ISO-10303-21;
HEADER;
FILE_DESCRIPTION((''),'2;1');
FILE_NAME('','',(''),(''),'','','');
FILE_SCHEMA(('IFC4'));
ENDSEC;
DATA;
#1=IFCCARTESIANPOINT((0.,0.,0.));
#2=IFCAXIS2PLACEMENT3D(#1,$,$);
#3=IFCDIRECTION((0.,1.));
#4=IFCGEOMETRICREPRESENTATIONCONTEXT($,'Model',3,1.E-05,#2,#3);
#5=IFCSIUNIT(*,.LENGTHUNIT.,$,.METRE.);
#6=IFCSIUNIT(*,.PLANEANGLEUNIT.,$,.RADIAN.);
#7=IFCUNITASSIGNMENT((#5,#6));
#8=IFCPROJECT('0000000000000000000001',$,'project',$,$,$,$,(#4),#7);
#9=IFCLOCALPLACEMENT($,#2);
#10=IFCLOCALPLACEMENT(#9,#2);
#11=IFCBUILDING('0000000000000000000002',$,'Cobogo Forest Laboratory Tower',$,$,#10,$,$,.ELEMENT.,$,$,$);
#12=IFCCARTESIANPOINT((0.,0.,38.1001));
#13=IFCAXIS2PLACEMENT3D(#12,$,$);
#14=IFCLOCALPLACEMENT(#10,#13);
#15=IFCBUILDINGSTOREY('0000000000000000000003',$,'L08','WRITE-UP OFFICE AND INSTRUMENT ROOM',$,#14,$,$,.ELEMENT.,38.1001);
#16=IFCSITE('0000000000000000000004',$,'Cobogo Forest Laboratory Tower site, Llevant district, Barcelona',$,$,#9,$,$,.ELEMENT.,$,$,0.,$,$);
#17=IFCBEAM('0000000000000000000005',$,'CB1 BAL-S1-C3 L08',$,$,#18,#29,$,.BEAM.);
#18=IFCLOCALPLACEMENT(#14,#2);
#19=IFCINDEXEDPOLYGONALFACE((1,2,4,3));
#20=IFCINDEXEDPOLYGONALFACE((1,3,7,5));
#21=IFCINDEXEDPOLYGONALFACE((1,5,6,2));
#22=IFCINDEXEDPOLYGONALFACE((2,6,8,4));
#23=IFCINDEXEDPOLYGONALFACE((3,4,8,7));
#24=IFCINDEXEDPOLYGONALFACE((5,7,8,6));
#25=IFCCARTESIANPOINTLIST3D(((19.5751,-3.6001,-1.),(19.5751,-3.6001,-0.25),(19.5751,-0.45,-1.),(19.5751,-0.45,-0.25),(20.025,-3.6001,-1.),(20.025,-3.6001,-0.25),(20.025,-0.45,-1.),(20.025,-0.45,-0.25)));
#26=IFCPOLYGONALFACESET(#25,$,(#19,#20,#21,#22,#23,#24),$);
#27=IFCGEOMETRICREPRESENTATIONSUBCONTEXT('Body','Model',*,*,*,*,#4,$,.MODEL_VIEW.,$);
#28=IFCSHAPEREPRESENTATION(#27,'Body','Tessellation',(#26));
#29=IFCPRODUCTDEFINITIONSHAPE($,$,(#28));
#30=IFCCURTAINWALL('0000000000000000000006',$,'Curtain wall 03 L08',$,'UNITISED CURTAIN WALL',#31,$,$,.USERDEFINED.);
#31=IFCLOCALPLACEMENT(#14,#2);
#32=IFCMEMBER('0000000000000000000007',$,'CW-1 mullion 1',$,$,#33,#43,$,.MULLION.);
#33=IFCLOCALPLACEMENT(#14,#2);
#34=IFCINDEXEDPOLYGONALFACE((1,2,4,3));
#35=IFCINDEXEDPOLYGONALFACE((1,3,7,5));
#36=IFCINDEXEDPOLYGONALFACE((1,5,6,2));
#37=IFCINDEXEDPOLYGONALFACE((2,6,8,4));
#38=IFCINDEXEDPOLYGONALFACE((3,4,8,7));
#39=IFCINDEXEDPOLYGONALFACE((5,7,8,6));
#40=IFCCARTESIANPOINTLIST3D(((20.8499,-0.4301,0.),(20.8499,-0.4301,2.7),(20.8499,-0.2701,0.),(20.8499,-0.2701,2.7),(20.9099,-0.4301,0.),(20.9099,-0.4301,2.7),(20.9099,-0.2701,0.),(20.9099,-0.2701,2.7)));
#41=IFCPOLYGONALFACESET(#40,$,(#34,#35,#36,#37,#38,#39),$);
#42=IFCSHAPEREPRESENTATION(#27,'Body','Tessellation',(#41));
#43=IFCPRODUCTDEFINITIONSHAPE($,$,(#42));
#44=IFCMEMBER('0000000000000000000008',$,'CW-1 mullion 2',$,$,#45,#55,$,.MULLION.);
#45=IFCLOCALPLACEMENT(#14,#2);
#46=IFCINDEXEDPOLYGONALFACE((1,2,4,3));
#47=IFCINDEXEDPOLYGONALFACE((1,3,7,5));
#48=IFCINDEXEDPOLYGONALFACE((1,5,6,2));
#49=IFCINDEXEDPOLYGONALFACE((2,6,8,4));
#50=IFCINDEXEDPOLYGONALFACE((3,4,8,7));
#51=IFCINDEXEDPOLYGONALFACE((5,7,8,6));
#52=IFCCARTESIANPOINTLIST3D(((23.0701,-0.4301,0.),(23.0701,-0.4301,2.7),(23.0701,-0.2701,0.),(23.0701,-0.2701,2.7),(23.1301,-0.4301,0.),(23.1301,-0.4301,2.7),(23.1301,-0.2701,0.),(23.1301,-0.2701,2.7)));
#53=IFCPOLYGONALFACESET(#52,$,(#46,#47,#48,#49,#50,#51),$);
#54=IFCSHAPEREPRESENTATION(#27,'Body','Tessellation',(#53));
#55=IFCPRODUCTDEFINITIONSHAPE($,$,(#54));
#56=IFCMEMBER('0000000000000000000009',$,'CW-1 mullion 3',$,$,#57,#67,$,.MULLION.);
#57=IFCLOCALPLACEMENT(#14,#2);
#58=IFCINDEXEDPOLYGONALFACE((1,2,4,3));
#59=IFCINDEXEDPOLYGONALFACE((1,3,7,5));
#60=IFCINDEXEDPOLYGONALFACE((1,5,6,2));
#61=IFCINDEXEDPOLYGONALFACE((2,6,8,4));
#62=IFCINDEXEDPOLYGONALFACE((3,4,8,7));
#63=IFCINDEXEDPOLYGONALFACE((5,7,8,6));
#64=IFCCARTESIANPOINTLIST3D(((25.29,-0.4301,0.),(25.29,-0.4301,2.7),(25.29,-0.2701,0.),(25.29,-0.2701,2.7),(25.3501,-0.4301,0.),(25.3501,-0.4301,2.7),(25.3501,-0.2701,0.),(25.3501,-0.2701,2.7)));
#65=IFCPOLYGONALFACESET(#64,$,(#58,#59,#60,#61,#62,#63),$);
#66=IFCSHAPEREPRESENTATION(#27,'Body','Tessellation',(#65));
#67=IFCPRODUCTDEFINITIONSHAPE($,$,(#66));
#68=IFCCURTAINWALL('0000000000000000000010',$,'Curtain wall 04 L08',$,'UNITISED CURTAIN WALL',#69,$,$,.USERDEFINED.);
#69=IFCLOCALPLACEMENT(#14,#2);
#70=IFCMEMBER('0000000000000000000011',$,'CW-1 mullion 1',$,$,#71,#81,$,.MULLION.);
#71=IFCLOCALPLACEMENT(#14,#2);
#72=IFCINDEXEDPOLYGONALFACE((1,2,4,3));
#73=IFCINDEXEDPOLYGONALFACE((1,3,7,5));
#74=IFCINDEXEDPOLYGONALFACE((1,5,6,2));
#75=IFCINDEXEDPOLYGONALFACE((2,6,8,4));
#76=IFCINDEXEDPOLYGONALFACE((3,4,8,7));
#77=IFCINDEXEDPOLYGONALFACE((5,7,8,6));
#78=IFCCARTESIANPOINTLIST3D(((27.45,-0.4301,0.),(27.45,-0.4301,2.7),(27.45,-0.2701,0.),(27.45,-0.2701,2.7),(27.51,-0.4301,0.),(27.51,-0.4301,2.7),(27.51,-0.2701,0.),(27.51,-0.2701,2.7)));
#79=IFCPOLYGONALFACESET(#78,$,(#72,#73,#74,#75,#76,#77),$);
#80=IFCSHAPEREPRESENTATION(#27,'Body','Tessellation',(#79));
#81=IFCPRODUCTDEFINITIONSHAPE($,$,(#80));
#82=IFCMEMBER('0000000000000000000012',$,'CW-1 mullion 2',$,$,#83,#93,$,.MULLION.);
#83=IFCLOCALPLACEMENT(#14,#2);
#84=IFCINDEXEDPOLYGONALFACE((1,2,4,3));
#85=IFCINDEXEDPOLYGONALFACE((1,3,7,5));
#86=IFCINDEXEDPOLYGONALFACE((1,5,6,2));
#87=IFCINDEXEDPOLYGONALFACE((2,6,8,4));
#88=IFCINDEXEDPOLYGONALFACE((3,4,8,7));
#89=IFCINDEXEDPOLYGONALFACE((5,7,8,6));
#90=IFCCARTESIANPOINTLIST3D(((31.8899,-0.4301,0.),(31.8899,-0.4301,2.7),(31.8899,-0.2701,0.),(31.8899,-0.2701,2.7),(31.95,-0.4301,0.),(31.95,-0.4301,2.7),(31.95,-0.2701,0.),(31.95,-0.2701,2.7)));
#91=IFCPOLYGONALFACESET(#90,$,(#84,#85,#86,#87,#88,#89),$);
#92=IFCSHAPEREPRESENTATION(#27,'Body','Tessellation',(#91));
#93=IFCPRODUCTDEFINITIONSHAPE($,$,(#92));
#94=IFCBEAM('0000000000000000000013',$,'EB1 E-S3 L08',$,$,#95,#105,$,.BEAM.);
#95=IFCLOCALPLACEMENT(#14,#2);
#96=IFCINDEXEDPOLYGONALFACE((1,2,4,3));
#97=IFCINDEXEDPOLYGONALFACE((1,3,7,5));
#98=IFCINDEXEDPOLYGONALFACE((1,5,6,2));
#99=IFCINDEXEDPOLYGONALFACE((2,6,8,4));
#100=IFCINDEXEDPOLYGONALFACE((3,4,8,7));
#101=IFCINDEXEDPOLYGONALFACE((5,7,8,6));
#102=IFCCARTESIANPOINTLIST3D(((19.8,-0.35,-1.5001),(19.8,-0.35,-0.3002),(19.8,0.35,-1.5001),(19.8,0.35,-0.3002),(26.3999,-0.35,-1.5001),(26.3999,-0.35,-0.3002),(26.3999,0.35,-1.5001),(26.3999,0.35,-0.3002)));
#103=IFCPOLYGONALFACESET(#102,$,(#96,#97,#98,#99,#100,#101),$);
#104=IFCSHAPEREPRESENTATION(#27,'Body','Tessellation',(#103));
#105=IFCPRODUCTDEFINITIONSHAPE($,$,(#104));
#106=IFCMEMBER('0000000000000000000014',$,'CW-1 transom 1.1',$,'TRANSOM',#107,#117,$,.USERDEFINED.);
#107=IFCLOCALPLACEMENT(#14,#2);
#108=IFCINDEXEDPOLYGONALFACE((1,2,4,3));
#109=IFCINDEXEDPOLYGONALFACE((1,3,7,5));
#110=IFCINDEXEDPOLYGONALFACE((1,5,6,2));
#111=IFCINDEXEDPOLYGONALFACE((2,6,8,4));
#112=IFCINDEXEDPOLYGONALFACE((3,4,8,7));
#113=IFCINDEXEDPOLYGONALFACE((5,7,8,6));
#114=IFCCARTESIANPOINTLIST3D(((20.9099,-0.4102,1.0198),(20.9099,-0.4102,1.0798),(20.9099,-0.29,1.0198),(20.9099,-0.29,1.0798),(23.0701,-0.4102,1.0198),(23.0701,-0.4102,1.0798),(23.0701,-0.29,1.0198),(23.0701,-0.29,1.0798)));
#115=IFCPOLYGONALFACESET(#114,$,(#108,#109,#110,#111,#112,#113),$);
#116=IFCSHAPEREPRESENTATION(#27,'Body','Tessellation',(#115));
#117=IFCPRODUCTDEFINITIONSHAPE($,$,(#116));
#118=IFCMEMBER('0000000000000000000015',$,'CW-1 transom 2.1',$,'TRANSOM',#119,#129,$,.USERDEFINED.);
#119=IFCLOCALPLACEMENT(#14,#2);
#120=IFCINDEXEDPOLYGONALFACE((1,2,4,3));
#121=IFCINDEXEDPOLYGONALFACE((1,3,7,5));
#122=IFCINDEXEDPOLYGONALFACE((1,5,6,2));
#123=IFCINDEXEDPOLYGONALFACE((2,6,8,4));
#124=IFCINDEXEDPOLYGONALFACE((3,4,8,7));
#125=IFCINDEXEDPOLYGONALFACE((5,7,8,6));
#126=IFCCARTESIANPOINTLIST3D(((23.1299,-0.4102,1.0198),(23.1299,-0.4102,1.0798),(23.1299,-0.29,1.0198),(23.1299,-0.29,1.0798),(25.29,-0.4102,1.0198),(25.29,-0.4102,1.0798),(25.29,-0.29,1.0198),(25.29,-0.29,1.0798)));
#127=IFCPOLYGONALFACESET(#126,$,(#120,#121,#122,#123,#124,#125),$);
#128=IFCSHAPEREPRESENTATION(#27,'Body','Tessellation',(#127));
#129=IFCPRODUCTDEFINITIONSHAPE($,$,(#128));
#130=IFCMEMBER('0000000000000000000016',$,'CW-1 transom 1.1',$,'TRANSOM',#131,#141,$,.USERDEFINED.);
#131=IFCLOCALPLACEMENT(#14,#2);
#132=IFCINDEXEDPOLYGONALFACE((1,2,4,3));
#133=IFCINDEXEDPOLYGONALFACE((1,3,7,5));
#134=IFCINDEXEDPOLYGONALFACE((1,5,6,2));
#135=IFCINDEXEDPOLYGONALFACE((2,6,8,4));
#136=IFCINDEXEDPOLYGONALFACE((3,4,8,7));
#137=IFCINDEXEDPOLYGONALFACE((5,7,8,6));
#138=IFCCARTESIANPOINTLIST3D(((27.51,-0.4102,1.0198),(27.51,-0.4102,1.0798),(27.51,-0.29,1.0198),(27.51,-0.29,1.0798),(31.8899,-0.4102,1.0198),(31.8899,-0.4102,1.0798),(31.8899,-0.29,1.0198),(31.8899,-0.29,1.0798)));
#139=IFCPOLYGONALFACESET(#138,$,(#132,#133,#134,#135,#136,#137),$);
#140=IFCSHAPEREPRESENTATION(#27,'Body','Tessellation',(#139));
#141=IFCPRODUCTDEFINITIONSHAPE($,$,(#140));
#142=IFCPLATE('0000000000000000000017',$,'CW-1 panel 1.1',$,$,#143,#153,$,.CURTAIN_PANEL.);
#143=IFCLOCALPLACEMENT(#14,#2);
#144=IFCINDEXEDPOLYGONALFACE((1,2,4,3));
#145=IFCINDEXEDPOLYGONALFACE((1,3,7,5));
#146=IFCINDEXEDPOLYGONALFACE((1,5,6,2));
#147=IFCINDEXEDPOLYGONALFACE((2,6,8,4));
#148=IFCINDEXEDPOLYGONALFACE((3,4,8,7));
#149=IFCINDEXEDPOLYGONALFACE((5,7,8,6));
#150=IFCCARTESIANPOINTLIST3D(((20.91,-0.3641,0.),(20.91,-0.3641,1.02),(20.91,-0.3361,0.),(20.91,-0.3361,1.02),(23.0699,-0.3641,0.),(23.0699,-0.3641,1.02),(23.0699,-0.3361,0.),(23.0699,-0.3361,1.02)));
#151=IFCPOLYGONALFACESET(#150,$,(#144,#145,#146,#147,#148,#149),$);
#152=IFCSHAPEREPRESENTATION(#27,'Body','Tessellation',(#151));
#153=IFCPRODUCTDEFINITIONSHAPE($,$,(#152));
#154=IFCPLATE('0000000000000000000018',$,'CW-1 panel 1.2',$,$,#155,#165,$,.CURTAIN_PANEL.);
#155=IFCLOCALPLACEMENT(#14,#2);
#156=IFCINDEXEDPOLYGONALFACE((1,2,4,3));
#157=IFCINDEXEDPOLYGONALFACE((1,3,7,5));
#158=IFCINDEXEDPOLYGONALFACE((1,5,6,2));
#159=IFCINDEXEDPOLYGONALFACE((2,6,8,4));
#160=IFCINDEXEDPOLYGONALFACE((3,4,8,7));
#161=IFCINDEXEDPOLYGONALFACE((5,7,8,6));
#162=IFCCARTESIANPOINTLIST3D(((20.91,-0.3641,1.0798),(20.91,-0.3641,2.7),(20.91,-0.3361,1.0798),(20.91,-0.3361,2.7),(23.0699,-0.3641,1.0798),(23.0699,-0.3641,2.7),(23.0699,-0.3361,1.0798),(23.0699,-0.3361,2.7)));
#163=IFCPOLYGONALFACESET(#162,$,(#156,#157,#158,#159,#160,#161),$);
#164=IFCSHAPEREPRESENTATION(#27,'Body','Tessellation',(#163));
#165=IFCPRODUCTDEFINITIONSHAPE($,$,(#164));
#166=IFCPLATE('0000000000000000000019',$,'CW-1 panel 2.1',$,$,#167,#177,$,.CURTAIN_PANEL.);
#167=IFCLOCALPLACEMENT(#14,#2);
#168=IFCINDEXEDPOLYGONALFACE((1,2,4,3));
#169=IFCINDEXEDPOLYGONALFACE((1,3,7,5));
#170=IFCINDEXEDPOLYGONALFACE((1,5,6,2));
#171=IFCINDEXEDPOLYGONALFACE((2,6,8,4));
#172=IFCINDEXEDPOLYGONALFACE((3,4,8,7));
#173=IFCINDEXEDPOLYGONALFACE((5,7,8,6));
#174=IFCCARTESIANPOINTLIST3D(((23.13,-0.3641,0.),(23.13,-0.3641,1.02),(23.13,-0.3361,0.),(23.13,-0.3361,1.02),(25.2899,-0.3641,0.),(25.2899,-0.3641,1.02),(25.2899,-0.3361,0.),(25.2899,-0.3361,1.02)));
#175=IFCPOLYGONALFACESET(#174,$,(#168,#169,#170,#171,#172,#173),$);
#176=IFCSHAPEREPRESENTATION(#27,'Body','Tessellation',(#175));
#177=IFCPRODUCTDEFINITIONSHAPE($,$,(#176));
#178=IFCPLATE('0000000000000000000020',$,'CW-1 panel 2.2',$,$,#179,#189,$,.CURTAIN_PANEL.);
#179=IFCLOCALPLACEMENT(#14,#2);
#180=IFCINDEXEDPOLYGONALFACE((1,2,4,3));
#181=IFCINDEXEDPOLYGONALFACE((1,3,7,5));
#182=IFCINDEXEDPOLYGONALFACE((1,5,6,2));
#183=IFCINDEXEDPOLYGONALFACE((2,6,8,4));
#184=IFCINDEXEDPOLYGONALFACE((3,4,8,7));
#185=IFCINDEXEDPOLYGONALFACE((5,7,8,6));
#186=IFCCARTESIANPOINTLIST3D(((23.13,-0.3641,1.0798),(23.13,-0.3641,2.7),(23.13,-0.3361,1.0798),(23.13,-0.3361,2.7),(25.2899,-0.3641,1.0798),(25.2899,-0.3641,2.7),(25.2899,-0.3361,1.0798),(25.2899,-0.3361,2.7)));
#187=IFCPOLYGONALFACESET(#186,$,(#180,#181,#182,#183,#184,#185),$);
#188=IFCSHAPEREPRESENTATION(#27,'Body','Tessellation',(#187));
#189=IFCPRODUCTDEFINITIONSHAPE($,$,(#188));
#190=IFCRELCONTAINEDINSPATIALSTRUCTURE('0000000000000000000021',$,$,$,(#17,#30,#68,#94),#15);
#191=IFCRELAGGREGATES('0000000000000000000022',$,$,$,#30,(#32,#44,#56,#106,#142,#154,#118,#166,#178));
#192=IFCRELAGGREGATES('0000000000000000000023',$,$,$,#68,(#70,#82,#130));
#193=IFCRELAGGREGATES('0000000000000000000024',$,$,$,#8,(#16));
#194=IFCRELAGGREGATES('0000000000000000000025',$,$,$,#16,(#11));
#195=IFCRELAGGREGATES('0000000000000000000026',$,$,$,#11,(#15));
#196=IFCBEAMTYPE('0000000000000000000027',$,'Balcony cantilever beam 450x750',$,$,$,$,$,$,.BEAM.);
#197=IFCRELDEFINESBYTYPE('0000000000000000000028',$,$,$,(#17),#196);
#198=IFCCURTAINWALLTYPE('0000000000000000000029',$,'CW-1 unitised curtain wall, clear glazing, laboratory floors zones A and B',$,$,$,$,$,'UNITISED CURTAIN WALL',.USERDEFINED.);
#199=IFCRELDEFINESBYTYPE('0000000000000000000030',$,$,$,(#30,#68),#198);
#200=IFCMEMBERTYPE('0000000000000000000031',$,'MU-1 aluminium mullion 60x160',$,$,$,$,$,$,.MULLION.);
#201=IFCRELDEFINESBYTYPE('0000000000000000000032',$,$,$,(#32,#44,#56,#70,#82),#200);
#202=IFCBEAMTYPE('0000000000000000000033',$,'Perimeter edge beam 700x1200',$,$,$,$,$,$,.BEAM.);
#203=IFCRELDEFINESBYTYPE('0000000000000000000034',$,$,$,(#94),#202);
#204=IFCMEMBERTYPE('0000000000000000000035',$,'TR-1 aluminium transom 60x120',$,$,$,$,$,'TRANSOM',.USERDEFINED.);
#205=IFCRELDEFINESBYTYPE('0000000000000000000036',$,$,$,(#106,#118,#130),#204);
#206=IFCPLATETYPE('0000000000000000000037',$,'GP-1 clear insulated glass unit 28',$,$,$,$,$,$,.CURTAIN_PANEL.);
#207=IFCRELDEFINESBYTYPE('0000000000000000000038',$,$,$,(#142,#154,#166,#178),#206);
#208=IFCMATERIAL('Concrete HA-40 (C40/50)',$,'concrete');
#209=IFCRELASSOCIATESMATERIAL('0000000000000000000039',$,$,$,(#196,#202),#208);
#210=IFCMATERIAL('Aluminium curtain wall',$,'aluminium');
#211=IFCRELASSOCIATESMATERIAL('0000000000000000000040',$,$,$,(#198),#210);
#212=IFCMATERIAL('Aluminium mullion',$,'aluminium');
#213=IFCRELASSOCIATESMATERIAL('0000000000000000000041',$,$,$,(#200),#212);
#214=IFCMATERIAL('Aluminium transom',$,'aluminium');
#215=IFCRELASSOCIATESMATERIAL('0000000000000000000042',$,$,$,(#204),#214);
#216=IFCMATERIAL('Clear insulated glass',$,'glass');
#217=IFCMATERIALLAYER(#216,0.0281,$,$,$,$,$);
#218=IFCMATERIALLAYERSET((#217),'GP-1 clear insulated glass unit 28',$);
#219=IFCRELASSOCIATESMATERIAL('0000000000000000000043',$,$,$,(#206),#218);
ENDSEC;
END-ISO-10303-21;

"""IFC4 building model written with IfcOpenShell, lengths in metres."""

from ifc_helpers import new_model, si_unit, direction, frame, origin, origin_2d, place, context, subcontext, project, spatial, rectangle, extrude, material, layer, layer_set, material_profile, profile_set, type_object, element, aggregate, save


model = new_model("IFC4")

# Units and contexts
model_context = context("Model", 3, precision=1e-05, world=origin(), true_north=direction((0.0, 1.0)))
body_context = subcontext(model_context, "Body", "Model", "MODEL_VIEW")
ifc_project = project(units=[si_unit("LENGTHUNIT", "METRE"), si_unit("PLANEANGLEUNIT", "RADIAN")], contexts=[model_context])

# Site, building, storey
site_placement = place(None, origin())
site = spatial("IfcSite", under=ifc_project, at=site_placement, Name="Cobogo Forest Laboratory Tower site, Llevant district, Barcelona", CompositionType="ELEMENT", RefElevation=0.0)
building_placement = place(site_placement, origin())
building = spatial("IfcBuilding", under=site, at=building_placement, Name="Cobogo Forest Laboratory Tower", CompositionType="ELEMENT")
storey_placement = place(building_placement, frame((0.0, 0.0, 38.1001)))
storey = spatial("IfcBuildingStorey", under=building, at=storey_placement, Name="L08", Description="WRITE-UP OFFICE AND INSTRUMENT ROOM", CompositionType="ELEMENT", Elevation=38.1001)

# Beam
ifc_material_1 = material(Name="Concrete HA-40 (C40/50)", Category="concrete")
ifc_material_profile_1 = material_profile(ifc_material_1, rectangle(XDim=0.45, YDim=0.75, at=origin_2d()), Name="RC 450x750")
ifc_profile_set_1 = profile_set([ifc_material_profile_1], Name="Concrete HA-40 (C40/50)")
beam_type_1 = type_object("IfcBeamType", Name="Balcony cantilever beam 450x750", PredefinedType="BEAM", material=ifc_profile_set_1)
beam_1_placement = place(storey_placement, frame((19.8, -0.45, -0.625), z_axis=(0.0, -1.0, 0.0), x_axis=(1.0, 0.0, 0.0)))
element("IfcBeam", 1, at=beam_1_placement, inside=storey, type_object=beam_type_1, Name="CB1 BAL-S1-C3 L08", PredefinedType="BEAM", context=body_context, shape_type="SweptSolid", body=[
    extrude(rectangle(XDim=0.45, YDim=0.75, at=origin_2d()), origin(), (0.0, 0.0, 1.0), 3.1501),
])

# Curtain walls, members
ifc_material_2 = material(Name="Aluminium curtain wall", Category="aluminium")
curtain_wall_type = type_object("IfcCurtainWallType", Name="CW-1 unitised curtain wall, clear glazing, laboratory floors zones A and B", ElementType="UNITISED CURTAIN WALL", PredefinedType="USERDEFINED", material=ifc_material_2)
curtain_wall_1_placement = place(storey_placement, origin())
curtain_wall_1 = element("IfcCurtainWall", 2, at=curtain_wall_1_placement, inside=storey, type_object=curtain_wall_type, Name="Curtain wall 03 L08", ObjectType="UNITISED CURTAIN WALL", PredefinedType="USERDEFINED")
ifc_material_3 = material(Name="Aluminium mullion", Category="aluminium")
ifc_material_profile_2 = material_profile(ifc_material_3, rectangle(XDim=0.0601, YDim=0.1599, at=origin_2d()), Name="AL 60x160")
ifc_profile_set_2 = profile_set([ifc_material_profile_2], Name="Aluminium mullion")
member_type_1 = type_object("IfcMemberType", Name="MU-1 aluminium mullion 60x160", PredefinedType="MULLION", material=ifc_profile_set_2)
member_1_placement = place(storey_placement, frame((20.8799, -0.3501, 0.0), z_axis=(0.0, 0.0, 1.0), x_axis=(1.0, 0.0, 0.0)))
member_1 = element("IfcMember", 3, at=member_1_placement, type_object=member_type_1, Name="CW-1 mullion 1", PredefinedType="MULLION", context=body_context, shape_type="SweptSolid", body=[
    extrude(rectangle(XDim=0.0601, YDim=0.1599, at=origin_2d()), origin(), (0.0, 0.0, 1.0), 2.7),
])
member_2_placement = place(storey_placement, frame((23.1001, -0.3501, 0.0), z_axis=(0.0, 0.0, 1.0), x_axis=(1.0, 0.0, 0.0)))
member_2 = element("IfcMember", 4, at=member_2_placement, type_object=member_type_1, Name="CW-1 mullion 2", PredefinedType="MULLION", context=body_context, shape_type="SweptSolid", body=[
    extrude(rectangle(XDim=0.0601, YDim=0.1599, at=origin_2d()), origin(), (0.0, 0.0, 1.0), 2.7),
])
member_3_placement = place(storey_placement, frame((25.3201, -0.3501, 0.0), z_axis=(0.0, 0.0, 1.0), x_axis=(1.0, 0.0, 0.0)))
member_3 = element("IfcMember", 5, at=member_3_placement, type_object=member_type_1, Name="CW-1 mullion 3", PredefinedType="MULLION", context=body_context, shape_type="SweptSolid", body=[
    extrude(rectangle(XDim=0.0601, YDim=0.1599, at=origin_2d()), origin(), (0.0, 0.0, 1.0), 2.7),
])
curtain_wall_2_placement = place(storey_placement, origin())
curtain_wall_2 = element("IfcCurtainWall", 6, at=curtain_wall_2_placement, inside=storey, type_object=curtain_wall_type, Name="Curtain wall 04 L08", ObjectType="UNITISED CURTAIN WALL", PredefinedType="USERDEFINED")
member_4_placement = place(storey_placement, frame((27.48, -0.3501, 0.0), z_axis=(0.0, 0.0, 1.0), x_axis=(1.0, 0.0, 0.0)))
member_4 = element("IfcMember", 7, at=member_4_placement, type_object=member_type_1, Name="CW-1 mullion 1", PredefinedType="MULLION", context=body_context, shape_type="SweptSolid", body=[
    extrude(rectangle(XDim=0.0601, YDim=0.1599, at=origin_2d()), origin(), (0.0, 0.0, 1.0), 2.7),
])
member_5_placement = place(storey_placement, frame((31.9199, -0.3501, 0.0), z_axis=(0.0, 0.0, 1.0), x_axis=(1.0, 0.0, 0.0)))
member_5 = element("IfcMember", 8, at=member_5_placement, type_object=member_type_1, Name="CW-1 mullion 2", PredefinedType="MULLION", context=body_context, shape_type="SweptSolid", body=[
    extrude(rectangle(XDim=0.0601, YDim=0.1599, at=origin_2d()), origin(), (0.0, 0.0, 1.0), 2.7),
])

# Beam
ifc_material_profile_3 = material_profile(ifc_material_1, rectangle(XDim=0.7, YDim=1.2, at=origin_2d()), Name="RC 700x1200")
ifc_profile_set_3 = profile_set([ifc_material_profile_3], Name="Concrete HA-40 (C40/50)")
beam_type_2 = type_object("IfcBeamType", Name="Perimeter edge beam 700x1200", PredefinedType="BEAM", material=ifc_profile_set_3)
beam_2_placement = place(storey_placement, frame((19.8, 0.0, -0.9001), z_axis=(1.0, 0.0, 0.0), x_axis=(0.0, 1.0, 0.0)))
element("IfcBeam", 9, at=beam_2_placement, inside=storey, type_object=beam_type_2, Name="EB1 E-S3 L08", PredefinedType="BEAM", context=body_context, shape_type="SweptSolid", body=[
    extrude(rectangle(XDim=0.7, YDim=1.2, at=origin_2d()), origin(), (0.0, 0.0, 1.0), 6.5999),
])

# Members
ifc_material_4 = material(Name="Aluminium transom", Category="aluminium")
ifc_material_profile_4 = material_profile(ifc_material_4, rectangle(XDim=0.1201, YDim=0.0601, at=origin_2d()), Name="AL 60x120")
ifc_profile_set_4 = profile_set([ifc_material_profile_4], Name="Aluminium transom")
member_type_2 = type_object("IfcMemberType", Name="TR-1 aluminium transom 60x120", ElementType="TRANSOM", PredefinedType="USERDEFINED", material=ifc_profile_set_4)
member_6_placement = place(storey_placement, frame((20.9099, -0.3501, 1.0498), z_axis=(1.0, 0.0, 0.0), x_axis=(0.0, 1.0, 0.0)))
member_6 = element("IfcMember", 10, at=member_6_placement, type_object=member_type_2, Name="CW-1 transom 1.1", ObjectType="TRANSOM", PredefinedType="USERDEFINED", context=body_context, shape_type="SweptSolid", body=[
    extrude(rectangle(XDim=0.1201, YDim=0.0601, at=origin_2d()), origin(), (0.0, 0.0, 1.0), 2.1602),
])
member_7_placement = place(storey_placement, frame((23.1299, -0.3501, 1.0498), z_axis=(1.0, 0.0, 0.0), x_axis=(0.0, 1.0, 0.0)))
member_7 = element("IfcMember", 11, at=member_7_placement, type_object=member_type_2, Name="CW-1 transom 2.1", ObjectType="TRANSOM", PredefinedType="USERDEFINED", context=body_context, shape_type="SweptSolid", body=[
    extrude(rectangle(XDim=0.1201, YDim=0.0601, at=origin_2d()), origin(), (0.0, 0.0, 1.0), 2.1602),
])
member_8_placement = place(storey_placement, frame((27.51, -0.3501, 1.0498), z_axis=(1.0, 0.0, 0.0), x_axis=(0.0, 1.0, 0.0)))
member_8 = element("IfcMember", 12, at=member_8_placement, type_object=member_type_2, Name="CW-1 transom 1.1", ObjectType="TRANSOM", PredefinedType="USERDEFINED", context=body_context, shape_type="SweptSolid", body=[
    extrude(rectangle(XDim=0.1201, YDim=0.0601, at=origin_2d()), origin(), (0.0, 0.0, 1.0), 4.3799),
])

# Plates
ifc_material_5 = material(Name="Clear insulated glass", Category="glass")
ifc_layer_1 = layer(ifc_material_5, 0.0281)
ifc_layer_set_1 = layer_set([ifc_layer_1], Name="GP-1 clear insulated glass unit 28")
plate_type_1 = type_object("IfcPlateType", Name="GP-1 clear insulated glass unit 28", PredefinedType="CURTAIN_PANEL", material=ifc_layer_set_1)
plate_1_placement = place(storey_placement, frame((21.99, -0.3501, 0.0), z_axis=(0.0, 0.0, 1.0), x_axis=(1.0, 0.0, 0.0)))
plate_1 = element("IfcPlate", 13, at=plate_1_placement, type_object=plate_type_1, Name="CW-1 panel 1.1", PredefinedType="CURTAIN_PANEL", context=body_context, shape_type="SweptSolid", body=[
    extrude(rectangle(XDim=2.1599, YDim=0.0281, at=origin_2d()), origin(), (0.0, 0.0, 1.0), 1.02),
])
plate_2_placement = place(storey_placement, frame((21.99, -0.3501, 1.0798), z_axis=(0.0, 0.0, 1.0), x_axis=(1.0, 0.0, 0.0)))
plate_2 = element("IfcPlate", 14, at=plate_2_placement, type_object=plate_type_1, Name="CW-1 panel 1.2", PredefinedType="CURTAIN_PANEL", context=body_context, shape_type="SweptSolid", body=[
    extrude(rectangle(XDim=2.1599, YDim=0.0281, at=origin_2d()), origin(), (0.0, 0.0, 1.0), 1.6201),
])
plate_3_placement = place(storey_placement, frame((24.21, -0.3501, 0.0), z_axis=(0.0, 0.0, 1.0), x_axis=(1.0, 0.0, 0.0)))
plate_3 = element("IfcPlate", 15, at=plate_3_placement, type_object=plate_type_1, Name="CW-1 panel 2.1", PredefinedType="CURTAIN_PANEL", context=body_context, shape_type="SweptSolid", body=[
    extrude(rectangle(XDim=2.1599, YDim=0.0281, at=origin_2d()), origin(), (0.0, 0.0, 1.0), 1.02),
])
plate_4_placement = place(storey_placement, frame((24.21, -0.3501, 1.0798), z_axis=(0.0, 0.0, 1.0), x_axis=(1.0, 0.0, 0.0)))
plate_4 = element("IfcPlate", 16, at=plate_4_placement, type_object=plate_type_1, Name="CW-1 panel 2.2", PredefinedType="CURTAIN_PANEL", context=body_context, shape_type="SweptSolid", body=[
    extrude(rectangle(XDim=2.1599, YDim=0.0281, at=origin_2d()), origin(), (0.0, 0.0, 1.0), 1.6201),
])
aggregate(curtain_wall_1, [member_1, member_2, member_3, member_6, plate_1, plate_2, member_7, plate_3, plate_4])
aggregate(curtain_wall_2, [member_4, member_5, member_8])

save(model, "model.ifc")
